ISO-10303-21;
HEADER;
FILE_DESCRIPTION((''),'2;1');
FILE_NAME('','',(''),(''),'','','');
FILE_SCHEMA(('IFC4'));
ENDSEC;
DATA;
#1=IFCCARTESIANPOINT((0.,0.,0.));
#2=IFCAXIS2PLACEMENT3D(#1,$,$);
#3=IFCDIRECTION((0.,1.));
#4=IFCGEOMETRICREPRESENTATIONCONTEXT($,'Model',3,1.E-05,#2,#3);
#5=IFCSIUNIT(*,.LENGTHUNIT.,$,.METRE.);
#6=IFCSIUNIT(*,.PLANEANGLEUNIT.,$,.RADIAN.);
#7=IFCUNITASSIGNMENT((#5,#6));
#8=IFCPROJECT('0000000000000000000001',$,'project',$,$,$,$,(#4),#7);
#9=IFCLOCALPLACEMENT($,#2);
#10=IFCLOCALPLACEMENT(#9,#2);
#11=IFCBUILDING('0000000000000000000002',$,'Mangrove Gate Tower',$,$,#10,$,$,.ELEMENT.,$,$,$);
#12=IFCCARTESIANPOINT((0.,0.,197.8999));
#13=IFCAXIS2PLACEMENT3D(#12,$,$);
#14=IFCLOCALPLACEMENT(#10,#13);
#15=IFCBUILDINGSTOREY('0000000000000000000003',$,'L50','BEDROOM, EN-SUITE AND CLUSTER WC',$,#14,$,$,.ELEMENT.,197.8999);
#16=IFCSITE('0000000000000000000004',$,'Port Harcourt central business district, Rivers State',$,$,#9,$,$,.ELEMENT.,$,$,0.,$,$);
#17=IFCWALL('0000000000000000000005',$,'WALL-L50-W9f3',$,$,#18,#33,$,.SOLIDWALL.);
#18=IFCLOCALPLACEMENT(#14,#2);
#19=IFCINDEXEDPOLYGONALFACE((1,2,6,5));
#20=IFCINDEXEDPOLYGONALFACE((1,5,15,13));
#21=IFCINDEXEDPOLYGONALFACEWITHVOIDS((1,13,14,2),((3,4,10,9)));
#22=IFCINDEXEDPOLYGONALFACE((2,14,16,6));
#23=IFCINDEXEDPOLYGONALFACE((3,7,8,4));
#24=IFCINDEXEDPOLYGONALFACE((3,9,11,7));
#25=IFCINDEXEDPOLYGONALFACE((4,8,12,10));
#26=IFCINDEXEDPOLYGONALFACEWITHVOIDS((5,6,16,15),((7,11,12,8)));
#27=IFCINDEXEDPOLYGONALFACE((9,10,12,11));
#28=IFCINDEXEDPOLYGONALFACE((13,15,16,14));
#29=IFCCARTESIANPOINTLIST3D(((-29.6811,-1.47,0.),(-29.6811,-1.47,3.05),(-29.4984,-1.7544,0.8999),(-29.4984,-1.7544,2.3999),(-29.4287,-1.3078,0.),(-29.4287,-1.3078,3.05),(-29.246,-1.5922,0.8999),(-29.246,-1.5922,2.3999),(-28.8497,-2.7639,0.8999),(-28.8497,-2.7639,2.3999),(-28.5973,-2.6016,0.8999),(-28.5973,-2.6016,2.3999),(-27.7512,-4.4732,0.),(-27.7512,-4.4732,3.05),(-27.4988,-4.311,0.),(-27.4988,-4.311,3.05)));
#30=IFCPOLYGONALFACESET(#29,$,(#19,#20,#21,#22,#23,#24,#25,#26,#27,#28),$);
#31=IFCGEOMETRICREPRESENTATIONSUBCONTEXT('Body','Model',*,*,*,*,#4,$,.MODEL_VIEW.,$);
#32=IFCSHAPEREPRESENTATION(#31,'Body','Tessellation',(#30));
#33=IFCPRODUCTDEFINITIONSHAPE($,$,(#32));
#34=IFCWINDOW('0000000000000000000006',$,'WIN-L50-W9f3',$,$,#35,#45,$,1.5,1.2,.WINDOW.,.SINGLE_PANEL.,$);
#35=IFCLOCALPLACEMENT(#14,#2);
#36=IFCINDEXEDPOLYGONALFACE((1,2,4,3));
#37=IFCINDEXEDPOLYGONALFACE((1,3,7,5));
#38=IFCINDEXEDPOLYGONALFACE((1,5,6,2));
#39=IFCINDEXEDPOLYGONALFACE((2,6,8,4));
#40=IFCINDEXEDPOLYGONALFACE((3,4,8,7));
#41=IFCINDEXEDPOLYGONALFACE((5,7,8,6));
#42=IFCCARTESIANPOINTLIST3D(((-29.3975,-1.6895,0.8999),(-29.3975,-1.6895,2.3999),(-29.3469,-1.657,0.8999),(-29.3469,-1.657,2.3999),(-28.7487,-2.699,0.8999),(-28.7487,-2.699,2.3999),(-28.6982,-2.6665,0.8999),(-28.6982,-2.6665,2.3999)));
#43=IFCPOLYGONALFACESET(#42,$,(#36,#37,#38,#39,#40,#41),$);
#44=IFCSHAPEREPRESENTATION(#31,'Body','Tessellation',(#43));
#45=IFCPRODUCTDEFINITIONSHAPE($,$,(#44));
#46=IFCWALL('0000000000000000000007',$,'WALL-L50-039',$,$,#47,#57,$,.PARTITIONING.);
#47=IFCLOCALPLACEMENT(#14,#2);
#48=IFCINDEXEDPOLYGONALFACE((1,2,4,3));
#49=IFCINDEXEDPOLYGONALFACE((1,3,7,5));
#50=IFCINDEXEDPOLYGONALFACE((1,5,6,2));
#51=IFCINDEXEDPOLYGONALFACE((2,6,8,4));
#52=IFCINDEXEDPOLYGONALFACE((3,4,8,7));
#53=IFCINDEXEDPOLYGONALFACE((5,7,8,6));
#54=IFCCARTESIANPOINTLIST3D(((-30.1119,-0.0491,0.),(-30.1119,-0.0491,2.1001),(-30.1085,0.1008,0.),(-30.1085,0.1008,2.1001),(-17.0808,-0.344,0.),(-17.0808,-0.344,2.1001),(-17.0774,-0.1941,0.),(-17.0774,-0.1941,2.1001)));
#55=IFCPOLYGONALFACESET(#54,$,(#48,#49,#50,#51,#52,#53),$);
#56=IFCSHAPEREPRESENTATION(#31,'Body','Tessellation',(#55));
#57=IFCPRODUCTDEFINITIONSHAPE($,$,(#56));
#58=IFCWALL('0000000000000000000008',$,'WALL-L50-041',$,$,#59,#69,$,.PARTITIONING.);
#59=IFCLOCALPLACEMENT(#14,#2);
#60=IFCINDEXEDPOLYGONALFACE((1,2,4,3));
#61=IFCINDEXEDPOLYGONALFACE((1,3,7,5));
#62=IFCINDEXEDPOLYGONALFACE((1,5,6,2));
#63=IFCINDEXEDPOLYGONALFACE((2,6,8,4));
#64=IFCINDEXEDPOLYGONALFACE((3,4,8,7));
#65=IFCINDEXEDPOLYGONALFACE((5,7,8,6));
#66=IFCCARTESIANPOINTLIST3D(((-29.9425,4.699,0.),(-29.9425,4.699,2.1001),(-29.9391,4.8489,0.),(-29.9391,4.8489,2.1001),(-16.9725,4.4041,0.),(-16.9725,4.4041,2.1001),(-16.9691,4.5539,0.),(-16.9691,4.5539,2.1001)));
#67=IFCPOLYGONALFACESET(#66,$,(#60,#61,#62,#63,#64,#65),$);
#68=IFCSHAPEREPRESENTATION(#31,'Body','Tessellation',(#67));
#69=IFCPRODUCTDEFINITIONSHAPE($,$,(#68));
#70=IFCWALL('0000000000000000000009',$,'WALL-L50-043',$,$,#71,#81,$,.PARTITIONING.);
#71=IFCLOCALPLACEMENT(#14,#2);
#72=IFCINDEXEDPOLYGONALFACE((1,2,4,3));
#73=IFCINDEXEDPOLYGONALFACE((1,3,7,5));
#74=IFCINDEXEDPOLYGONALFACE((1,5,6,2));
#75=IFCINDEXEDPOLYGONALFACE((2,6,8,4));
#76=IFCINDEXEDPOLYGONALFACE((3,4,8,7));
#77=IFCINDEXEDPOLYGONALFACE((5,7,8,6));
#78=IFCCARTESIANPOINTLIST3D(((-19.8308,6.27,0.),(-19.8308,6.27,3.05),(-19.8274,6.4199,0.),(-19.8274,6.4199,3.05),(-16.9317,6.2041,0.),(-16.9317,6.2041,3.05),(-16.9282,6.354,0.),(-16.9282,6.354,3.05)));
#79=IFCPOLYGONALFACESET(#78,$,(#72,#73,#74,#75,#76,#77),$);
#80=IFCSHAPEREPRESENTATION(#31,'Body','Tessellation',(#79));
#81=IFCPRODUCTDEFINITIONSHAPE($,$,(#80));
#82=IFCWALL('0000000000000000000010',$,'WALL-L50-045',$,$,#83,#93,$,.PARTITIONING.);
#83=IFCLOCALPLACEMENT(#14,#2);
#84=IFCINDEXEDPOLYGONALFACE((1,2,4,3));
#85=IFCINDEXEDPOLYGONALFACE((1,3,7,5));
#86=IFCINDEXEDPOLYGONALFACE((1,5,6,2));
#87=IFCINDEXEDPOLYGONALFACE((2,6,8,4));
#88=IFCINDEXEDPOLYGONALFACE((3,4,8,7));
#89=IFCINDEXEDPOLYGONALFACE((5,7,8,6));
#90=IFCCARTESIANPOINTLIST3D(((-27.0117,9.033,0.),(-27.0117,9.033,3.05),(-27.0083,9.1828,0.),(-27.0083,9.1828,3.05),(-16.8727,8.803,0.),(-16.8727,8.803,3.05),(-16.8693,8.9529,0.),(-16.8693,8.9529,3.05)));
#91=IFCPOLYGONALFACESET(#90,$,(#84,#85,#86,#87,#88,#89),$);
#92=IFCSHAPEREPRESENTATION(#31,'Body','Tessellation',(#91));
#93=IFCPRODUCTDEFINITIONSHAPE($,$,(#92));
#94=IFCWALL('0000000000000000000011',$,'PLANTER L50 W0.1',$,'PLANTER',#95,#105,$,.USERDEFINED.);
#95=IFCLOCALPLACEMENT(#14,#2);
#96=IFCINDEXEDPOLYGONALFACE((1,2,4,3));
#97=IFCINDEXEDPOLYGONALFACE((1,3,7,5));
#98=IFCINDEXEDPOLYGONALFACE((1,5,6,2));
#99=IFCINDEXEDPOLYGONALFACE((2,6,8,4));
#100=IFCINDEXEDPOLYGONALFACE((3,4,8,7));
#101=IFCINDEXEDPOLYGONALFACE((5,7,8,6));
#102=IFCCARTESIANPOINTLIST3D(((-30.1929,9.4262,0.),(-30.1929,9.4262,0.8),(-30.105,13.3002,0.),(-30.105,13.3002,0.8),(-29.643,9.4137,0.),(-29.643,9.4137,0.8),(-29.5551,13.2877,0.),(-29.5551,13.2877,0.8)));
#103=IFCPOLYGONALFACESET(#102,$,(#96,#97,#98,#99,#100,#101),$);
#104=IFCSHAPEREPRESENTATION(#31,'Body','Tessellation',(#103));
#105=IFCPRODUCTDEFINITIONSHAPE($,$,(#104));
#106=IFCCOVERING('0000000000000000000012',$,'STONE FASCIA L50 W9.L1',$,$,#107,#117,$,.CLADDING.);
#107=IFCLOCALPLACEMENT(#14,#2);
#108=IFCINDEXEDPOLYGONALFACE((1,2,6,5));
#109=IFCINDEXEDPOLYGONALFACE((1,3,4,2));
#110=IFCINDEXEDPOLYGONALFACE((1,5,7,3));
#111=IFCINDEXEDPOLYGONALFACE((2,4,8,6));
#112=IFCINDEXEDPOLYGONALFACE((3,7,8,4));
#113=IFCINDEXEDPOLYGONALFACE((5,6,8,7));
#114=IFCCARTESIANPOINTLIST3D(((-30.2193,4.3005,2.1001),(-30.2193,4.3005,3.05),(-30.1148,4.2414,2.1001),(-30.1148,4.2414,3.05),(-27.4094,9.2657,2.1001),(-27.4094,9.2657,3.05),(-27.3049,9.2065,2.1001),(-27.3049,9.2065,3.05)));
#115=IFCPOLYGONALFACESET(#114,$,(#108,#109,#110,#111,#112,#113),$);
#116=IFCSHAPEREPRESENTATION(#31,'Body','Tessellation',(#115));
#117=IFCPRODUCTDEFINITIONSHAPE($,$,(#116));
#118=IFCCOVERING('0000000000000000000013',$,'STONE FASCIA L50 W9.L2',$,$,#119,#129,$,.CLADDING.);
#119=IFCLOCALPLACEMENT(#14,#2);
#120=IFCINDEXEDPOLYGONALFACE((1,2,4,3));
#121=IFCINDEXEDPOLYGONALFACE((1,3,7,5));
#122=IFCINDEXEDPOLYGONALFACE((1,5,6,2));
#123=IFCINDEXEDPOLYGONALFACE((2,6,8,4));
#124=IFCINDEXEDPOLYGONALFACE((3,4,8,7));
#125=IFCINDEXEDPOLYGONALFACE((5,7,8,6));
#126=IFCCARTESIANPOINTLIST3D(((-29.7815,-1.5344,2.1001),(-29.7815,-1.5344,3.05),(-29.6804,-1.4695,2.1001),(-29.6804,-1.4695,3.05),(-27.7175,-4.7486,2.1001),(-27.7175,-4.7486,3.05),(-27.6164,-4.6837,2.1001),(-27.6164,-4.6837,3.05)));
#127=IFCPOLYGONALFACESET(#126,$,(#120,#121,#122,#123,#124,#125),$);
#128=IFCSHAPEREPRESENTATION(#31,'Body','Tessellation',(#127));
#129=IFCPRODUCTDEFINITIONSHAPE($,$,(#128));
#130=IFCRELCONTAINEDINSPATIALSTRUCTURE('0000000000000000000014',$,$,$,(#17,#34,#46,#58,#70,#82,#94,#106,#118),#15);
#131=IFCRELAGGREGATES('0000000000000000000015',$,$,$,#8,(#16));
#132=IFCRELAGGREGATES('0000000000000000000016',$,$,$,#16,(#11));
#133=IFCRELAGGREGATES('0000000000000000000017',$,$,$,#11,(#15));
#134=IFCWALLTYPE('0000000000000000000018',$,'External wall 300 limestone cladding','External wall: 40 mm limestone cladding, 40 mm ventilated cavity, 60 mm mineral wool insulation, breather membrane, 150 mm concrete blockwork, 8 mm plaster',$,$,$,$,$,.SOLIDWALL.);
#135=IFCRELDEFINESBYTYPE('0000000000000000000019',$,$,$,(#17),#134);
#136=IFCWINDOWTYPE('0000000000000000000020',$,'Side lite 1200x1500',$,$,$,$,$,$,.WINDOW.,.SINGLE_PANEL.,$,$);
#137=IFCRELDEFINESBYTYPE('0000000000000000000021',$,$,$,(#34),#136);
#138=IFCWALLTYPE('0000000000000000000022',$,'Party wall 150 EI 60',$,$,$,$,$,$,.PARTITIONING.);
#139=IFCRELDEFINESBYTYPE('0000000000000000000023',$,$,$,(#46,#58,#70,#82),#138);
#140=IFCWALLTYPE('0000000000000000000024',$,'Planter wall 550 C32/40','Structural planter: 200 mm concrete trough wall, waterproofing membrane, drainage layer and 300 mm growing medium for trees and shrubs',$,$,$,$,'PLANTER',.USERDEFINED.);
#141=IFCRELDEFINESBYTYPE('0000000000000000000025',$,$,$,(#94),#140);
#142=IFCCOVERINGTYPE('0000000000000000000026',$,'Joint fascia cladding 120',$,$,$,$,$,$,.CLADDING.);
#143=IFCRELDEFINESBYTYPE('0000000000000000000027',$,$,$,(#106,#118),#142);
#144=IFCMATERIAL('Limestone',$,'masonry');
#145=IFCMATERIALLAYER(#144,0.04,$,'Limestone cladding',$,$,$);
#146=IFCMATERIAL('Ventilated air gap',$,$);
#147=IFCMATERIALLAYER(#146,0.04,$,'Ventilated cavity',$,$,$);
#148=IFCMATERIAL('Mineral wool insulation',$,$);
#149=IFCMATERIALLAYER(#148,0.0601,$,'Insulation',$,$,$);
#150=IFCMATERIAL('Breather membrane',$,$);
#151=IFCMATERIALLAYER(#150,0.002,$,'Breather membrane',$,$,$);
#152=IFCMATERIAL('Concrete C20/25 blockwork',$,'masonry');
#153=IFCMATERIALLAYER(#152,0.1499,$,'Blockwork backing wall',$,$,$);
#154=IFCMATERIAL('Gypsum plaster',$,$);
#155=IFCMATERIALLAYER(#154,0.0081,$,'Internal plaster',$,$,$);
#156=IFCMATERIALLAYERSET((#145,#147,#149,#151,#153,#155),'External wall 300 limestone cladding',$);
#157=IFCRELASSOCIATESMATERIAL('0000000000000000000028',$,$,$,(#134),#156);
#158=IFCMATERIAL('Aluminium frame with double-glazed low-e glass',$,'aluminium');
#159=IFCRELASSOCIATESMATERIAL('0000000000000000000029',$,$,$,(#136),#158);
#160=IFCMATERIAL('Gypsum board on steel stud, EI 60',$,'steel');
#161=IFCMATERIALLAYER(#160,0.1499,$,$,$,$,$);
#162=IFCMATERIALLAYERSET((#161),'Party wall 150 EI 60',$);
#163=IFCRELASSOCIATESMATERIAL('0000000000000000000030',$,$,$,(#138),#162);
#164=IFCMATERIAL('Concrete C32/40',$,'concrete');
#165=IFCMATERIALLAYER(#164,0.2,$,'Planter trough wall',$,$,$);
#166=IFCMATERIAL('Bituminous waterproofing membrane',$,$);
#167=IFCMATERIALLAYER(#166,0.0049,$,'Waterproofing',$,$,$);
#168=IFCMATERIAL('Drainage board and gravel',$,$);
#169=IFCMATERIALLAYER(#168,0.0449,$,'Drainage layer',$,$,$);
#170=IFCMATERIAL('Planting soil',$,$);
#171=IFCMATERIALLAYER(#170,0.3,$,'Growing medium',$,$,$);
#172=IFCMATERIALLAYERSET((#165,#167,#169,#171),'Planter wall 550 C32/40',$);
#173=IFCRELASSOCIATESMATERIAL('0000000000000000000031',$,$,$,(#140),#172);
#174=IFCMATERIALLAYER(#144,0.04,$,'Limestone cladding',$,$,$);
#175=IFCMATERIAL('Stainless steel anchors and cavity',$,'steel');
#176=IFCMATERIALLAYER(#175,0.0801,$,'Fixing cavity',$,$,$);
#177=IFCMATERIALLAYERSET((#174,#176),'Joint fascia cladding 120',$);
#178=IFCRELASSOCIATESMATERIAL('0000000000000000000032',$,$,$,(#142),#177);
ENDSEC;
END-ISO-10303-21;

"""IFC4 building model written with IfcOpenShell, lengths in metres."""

from ifc_helpers import new_model, si_unit, direction, frame, frame_2d, origin, place, context, subcontext, project, spatial, rectangle, extrude, material, layer, layer_set, type_object, element, fill, save


model = new_model("IFC4")

# Units and contexts
model_context = context("Model", 3, precision=1e-05, world=origin(), true_north=direction((0.0, 1.0)))
body_context = subcontext(model_context, "Body", "Model", "MODEL_VIEW")
ifc_project = project(units=[si_unit("LENGTHUNIT", "METRE"), si_unit("PLANEANGLEUNIT", "RADIAN")], contexts=[model_context])

# Site, building, storey
site_placement = place(None, origin())
site = spatial("IfcSite", under=ifc_project, at=site_placement, Name="Port Harcourt central business district, Rivers State", CompositionType="ELEMENT", RefElevation=0.0)
building_placement = place(site_placement, origin())
building = spatial("IfcBuilding", under=site, at=building_placement, Name="Mangrove Gate Tower", CompositionType="ELEMENT")
storey_placement = place(building_placement, frame((0.0, 0.0, 197.8999)))
storey = spatial("IfcBuildingStorey", under=building, at=storey_placement, Name="L50", Description="BEDROOM, EN-SUITE AND CLUSTER WC", CompositionType="ELEMENT", Elevation=197.8999)

# Wall, opening, window
ifc_material_1 = material(Name="Limestone", Category="masonry")
ifc_layer_1 = layer(ifc_material_1, 0.04, Name="Limestone cladding")
ifc_material_2 = material(Name="Ventilated air gap")
ifc_layer_2 = layer(ifc_material_2, 0.04, Name="Ventilated cavity")
ifc_material_3 = material(Name="Mineral wool insulation")
ifc_layer_3 = layer(ifc_material_3, 0.0601, Name="Insulation")
ifc_material_4 = material(Name="Breather membrane")
ifc_layer_4 = layer(ifc_material_4, 0.002, Name="Breather membrane")
ifc_material_5 = material(Name="Concrete C20/25 blockwork", Category="masonry")
ifc_layer_5 = layer(ifc_material_5, 0.1499, Name="Blockwork backing wall")
ifc_material_6 = material(Name="Gypsum plaster")
ifc_layer_6 = layer(ifc_material_6, 0.0081, Name="Internal plaster")
ifc_layer_set_1 = layer_set([ifc_layer_1, ifc_layer_2, ifc_layer_3, ifc_layer_4, ifc_layer_5, ifc_layer_6], Name="External wall 300 limestone cladding")
wall_type_1 = type_object("IfcWallType", Name="External wall 300 limestone cladding", Description="External wall: 40 mm limestone cladding, 40 mm ventilated cavity, 60 mm mineral wool insulation, breather membrane, 150 mm concrete blockwork, 8 mm plaster", PredefinedType="SOLIDWALL", material=ifc_layer_set_1)
ifc_material_7 = material(Name="Aluminium frame with double-glazed low-e glass", Category="aluminium")
window_type = type_object("IfcWindowType", Name="Side lite 1200x1500", PartitioningType="SINGLE_PANEL", PredefinedType="WINDOW", material=ifc_material_7)
wall_1_placement = place(storey_placement, frame((-29.5549, -1.3889, 0.0), z_axis=(0.0, 0.0, 1.0), x_axis=(0.540623, -0.841265, 0.0)))
wall_1 = element("IfcWall", 1, at=wall_1_placement, inside=storey, type_object=wall_type_1, Name="WALL-L50-W9f3", PredefinedType="SOLIDWALL", context=body_context, shape_type="SweptSolid", body=[
    extrude(rectangle(XDim=3.5698, YDim=0.3, at=frame_2d((1.7849, 0.0))), origin(), (0.0, 0.0, 1.0), 3.05),
])
opening_1_placement = place(wall_1_placement, frame((0.3379, 0.0, 0.8999)))
opening_1 = element("IfcOpeningElement", 2, at=opening_1_placement, cuts=wall_1, PredefinedType="OPENING", context=body_context, shape_type="SweptSolid", body=[
    extrude(rectangle(XDim=1.2, YDim=1.5, at=frame_2d((0.6001, 0.75))), frame((0.0, 0.1599, 0.0), z_axis=(0.0, -1.0, 0.0), x_axis=(1.0, 0.0, 0.0)), (0.0, 0.0, 1.0), 0.3201),
])
window_1_placement = place(opening_1_placement, origin())
window_1 = element("IfcWindow", 3, at=window_1_placement, inside=storey, type_object=window_type, Name="WIN-L50-W9f3", OverallHeight=1.5, OverallWidth=1.2, PartitioningType="SINGLE_PANEL", PredefinedType="WINDOW", context=body_context, shape_type="SweptSolid", body=[
    extrude(rectangle(XDim=1.2, YDim=1.5, at=frame_2d((0.6001, 0.75))), frame((0.0, 0.03, 0.0), z_axis=(0.0, -1.0, 0.0), x_axis=(1.0, 0.0, 0.0)), (0.0, 0.0, 1.0), 0.0601),
])
fill(opening_1, window_1)

# Walls
ifc_material_8 = material(Name="Gypsum board on steel stud, EI 60", Category="steel")
ifc_layer_7 = layer(ifc_material_8, 0.1499)
ifc_layer_set_2 = layer_set([ifc_layer_7], Name="Party wall 150 EI 60")
wall_type_2 = type_object("IfcWallType", Name="Party wall 150 EI 60", PredefinedType="PARTITIONING", material=ifc_layer_set_2)
wall_2_placement = place(storey_placement, frame((-30.1101, 0.0259, 0.0), z_axis=(0.0, 0.0, 1.0), x_axis=(0.999744, -0.022627, 0.0)))
element("IfcWall", 4, at=wall_2_placement, inside=storey, type_object=wall_type_2, Name="WALL-L50-039", PredefinedType="PARTITIONING", context=body_context, shape_type="SweptSolid", body=[
    extrude(rectangle(XDim=13.0344, YDim=0.1499, at=frame_2d((6.5171, 0.0))), origin(), (0.0, 0.0, 1.0), 2.1001),
])
wall_3_placement = place(storey_placement, frame((-29.9409, 4.7739, 0.0), z_axis=(0.0, 0.0, 1.0), x_axis=(0.999742, -0.022733, 0.0)))
element("IfcWall", 5, at=wall_3_placement, inside=storey, type_object=wall_type_2, Name="WALL-L50-041", PredefinedType="PARTITIONING", context=body_context, shape_type="SweptSolid", body=[
    extrude(rectangle(XDim=12.9734, YDim=0.1499, at=frame_2d((6.4868, 0.0))), origin(), (0.0, 0.0, 1.0), 2.1001),
])
wall_4_placement = place(storey_placement, frame((-19.8291, 6.345, 0.0), z_axis=(0.0, 0.0, 1.0), x_axis=(0.999742, -0.022731, 0.0)))
element("IfcWall", 6, at=wall_4_placement, inside=storey, type_object=wall_type_2, Name="WALL-L50-043", PredefinedType="PARTITIONING", context=body_context, shape_type="SweptSolid", body=[
    extrude(rectangle(XDim=2.8999, YDim=0.1499, at=frame_2d((1.45, 0.0))), origin(), (0.0, 0.0, 1.0), 3.05),
])
wall_5_placement = place(storey_placement, frame((-27.01, 9.1079, 0.0), z_axis=(0.0, 0.0, 1.0), x_axis=(0.999743, -0.022677, 0.0)))
element("IfcWall", 7, at=wall_5_placement, inside=storey, type_object=wall_type_2, Name="WALL-L50-045", PredefinedType="PARTITIONING", context=body_context, shape_type="SweptSolid", body=[
    extrude(rectangle(XDim=10.1416, YDim=0.1499, at=frame_2d((5.0708, 0.0))), origin(), (0.0, 0.0, 1.0), 3.05),
])
ifc_material_9 = material(Name="Concrete C32/40", Category="concrete")
ifc_layer_8 = layer(ifc_material_9, 0.2, Name="Planter trough wall")
ifc_material_10 = material(Name="Bituminous waterproofing membrane")
ifc_layer_9 = layer(ifc_material_10, 0.0049, Name="Waterproofing")
ifc_material_11 = material(Name="Drainage board and gravel")
ifc_layer_10 = layer(ifc_material_11, 0.0449, Name="Drainage layer")
ifc_material_12 = material(Name="Planting soil")
ifc_layer_11 = layer(ifc_material_12, 0.3, Name="Growing medium")
ifc_layer_set_3 = layer_set([ifc_layer_8, ifc_layer_9, ifc_layer_10, ifc_layer_11], Name="Planter wall 550 C32/40")
wall_type_3 = type_object("IfcWallType", Name="Planter wall 550 C32/40", Description="Structural planter: 200 mm concrete trough wall, waterproofing membrane, drainage layer and 300 mm growing medium for trees and shrubs", ElementType="PLANTER", PredefinedType="USERDEFINED", material=ifc_layer_set_3)
wall_6_placement = place(storey_placement, frame((-29.918, 9.4199, 0.0), z_axis=(0.0, 0.0, 1.0), x_axis=(0.022681, 0.999743, 0.0)))
element("IfcWall", 8, at=wall_6_placement, inside=storey, type_object=wall_type_3, Name="PLANTER L50 W0.1", ObjectType="PLANTER", PredefinedType="USERDEFINED", context=body_context, shape_type="SweptSolid", body=[
    extrude(rectangle(XDim=3.875, YDim=0.55, at=frame_2d((1.9375, 0.0))), origin(), (0.0, 0.0, 1.0), 0.8),
])

# Coverings
ifc_layer_12 = layer(ifc_material_1, 0.04, Name="Limestone cladding")
ifc_material_13 = material(Name="Stainless steel anchors and cavity", Category="steel")
ifc_layer_13 = layer(ifc_material_13, 0.0801, Name="Fixing cavity")
ifc_layer_set_4 = layer_set([ifc_layer_12, ifc_layer_13], Name="Joint fascia cladding 120")
covering_type = type_object("IfcCoveringType", Name="Joint fascia cladding 120", PredefinedType="CLADDING", material=ifc_layer_set_4)
covering_1_placement = place(storey_placement, frame((-27.3572, 9.2361, 2.1001), z_axis=(0.0, 0.0, 1.0), x_axis=(-0.492517, -0.870303, 0.0)))
element("IfcCovering", 9, at=covering_1_placement, inside=storey, type_object=covering_type, Name="STONE FASCIA L50 W9.L1", PredefinedType="CLADDING", context=body_context, shape_type="SweptSolid", body=[
    extrude(rectangle(XDim=5.7051, YDim=0.1201, at=frame_2d((2.8525, 0.0))), origin(), (0.0, 0.0, 1.0), 0.95),
])
covering_2_placement = place(storey_placement, frame((-29.731, -1.502, 2.1001), z_axis=(0.0, 0.0, 1.0), x_axis=(0.540341, -0.841446, 0.0)))
element("IfcCovering", 10, at=covering_2_placement, inside=storey, type_object=covering_type, Name="STONE FASCIA L50 W9.L2", PredefinedType="CLADDING", context=body_context, shape_type="SweptSolid", body=[
    extrude(rectangle(XDim=3.8198, YDim=0.1201, at=frame_2d((1.9099, 0.0))), origin(), (0.0, 0.0, 1.0), 0.95),
])

save(model, "model.ifc")
